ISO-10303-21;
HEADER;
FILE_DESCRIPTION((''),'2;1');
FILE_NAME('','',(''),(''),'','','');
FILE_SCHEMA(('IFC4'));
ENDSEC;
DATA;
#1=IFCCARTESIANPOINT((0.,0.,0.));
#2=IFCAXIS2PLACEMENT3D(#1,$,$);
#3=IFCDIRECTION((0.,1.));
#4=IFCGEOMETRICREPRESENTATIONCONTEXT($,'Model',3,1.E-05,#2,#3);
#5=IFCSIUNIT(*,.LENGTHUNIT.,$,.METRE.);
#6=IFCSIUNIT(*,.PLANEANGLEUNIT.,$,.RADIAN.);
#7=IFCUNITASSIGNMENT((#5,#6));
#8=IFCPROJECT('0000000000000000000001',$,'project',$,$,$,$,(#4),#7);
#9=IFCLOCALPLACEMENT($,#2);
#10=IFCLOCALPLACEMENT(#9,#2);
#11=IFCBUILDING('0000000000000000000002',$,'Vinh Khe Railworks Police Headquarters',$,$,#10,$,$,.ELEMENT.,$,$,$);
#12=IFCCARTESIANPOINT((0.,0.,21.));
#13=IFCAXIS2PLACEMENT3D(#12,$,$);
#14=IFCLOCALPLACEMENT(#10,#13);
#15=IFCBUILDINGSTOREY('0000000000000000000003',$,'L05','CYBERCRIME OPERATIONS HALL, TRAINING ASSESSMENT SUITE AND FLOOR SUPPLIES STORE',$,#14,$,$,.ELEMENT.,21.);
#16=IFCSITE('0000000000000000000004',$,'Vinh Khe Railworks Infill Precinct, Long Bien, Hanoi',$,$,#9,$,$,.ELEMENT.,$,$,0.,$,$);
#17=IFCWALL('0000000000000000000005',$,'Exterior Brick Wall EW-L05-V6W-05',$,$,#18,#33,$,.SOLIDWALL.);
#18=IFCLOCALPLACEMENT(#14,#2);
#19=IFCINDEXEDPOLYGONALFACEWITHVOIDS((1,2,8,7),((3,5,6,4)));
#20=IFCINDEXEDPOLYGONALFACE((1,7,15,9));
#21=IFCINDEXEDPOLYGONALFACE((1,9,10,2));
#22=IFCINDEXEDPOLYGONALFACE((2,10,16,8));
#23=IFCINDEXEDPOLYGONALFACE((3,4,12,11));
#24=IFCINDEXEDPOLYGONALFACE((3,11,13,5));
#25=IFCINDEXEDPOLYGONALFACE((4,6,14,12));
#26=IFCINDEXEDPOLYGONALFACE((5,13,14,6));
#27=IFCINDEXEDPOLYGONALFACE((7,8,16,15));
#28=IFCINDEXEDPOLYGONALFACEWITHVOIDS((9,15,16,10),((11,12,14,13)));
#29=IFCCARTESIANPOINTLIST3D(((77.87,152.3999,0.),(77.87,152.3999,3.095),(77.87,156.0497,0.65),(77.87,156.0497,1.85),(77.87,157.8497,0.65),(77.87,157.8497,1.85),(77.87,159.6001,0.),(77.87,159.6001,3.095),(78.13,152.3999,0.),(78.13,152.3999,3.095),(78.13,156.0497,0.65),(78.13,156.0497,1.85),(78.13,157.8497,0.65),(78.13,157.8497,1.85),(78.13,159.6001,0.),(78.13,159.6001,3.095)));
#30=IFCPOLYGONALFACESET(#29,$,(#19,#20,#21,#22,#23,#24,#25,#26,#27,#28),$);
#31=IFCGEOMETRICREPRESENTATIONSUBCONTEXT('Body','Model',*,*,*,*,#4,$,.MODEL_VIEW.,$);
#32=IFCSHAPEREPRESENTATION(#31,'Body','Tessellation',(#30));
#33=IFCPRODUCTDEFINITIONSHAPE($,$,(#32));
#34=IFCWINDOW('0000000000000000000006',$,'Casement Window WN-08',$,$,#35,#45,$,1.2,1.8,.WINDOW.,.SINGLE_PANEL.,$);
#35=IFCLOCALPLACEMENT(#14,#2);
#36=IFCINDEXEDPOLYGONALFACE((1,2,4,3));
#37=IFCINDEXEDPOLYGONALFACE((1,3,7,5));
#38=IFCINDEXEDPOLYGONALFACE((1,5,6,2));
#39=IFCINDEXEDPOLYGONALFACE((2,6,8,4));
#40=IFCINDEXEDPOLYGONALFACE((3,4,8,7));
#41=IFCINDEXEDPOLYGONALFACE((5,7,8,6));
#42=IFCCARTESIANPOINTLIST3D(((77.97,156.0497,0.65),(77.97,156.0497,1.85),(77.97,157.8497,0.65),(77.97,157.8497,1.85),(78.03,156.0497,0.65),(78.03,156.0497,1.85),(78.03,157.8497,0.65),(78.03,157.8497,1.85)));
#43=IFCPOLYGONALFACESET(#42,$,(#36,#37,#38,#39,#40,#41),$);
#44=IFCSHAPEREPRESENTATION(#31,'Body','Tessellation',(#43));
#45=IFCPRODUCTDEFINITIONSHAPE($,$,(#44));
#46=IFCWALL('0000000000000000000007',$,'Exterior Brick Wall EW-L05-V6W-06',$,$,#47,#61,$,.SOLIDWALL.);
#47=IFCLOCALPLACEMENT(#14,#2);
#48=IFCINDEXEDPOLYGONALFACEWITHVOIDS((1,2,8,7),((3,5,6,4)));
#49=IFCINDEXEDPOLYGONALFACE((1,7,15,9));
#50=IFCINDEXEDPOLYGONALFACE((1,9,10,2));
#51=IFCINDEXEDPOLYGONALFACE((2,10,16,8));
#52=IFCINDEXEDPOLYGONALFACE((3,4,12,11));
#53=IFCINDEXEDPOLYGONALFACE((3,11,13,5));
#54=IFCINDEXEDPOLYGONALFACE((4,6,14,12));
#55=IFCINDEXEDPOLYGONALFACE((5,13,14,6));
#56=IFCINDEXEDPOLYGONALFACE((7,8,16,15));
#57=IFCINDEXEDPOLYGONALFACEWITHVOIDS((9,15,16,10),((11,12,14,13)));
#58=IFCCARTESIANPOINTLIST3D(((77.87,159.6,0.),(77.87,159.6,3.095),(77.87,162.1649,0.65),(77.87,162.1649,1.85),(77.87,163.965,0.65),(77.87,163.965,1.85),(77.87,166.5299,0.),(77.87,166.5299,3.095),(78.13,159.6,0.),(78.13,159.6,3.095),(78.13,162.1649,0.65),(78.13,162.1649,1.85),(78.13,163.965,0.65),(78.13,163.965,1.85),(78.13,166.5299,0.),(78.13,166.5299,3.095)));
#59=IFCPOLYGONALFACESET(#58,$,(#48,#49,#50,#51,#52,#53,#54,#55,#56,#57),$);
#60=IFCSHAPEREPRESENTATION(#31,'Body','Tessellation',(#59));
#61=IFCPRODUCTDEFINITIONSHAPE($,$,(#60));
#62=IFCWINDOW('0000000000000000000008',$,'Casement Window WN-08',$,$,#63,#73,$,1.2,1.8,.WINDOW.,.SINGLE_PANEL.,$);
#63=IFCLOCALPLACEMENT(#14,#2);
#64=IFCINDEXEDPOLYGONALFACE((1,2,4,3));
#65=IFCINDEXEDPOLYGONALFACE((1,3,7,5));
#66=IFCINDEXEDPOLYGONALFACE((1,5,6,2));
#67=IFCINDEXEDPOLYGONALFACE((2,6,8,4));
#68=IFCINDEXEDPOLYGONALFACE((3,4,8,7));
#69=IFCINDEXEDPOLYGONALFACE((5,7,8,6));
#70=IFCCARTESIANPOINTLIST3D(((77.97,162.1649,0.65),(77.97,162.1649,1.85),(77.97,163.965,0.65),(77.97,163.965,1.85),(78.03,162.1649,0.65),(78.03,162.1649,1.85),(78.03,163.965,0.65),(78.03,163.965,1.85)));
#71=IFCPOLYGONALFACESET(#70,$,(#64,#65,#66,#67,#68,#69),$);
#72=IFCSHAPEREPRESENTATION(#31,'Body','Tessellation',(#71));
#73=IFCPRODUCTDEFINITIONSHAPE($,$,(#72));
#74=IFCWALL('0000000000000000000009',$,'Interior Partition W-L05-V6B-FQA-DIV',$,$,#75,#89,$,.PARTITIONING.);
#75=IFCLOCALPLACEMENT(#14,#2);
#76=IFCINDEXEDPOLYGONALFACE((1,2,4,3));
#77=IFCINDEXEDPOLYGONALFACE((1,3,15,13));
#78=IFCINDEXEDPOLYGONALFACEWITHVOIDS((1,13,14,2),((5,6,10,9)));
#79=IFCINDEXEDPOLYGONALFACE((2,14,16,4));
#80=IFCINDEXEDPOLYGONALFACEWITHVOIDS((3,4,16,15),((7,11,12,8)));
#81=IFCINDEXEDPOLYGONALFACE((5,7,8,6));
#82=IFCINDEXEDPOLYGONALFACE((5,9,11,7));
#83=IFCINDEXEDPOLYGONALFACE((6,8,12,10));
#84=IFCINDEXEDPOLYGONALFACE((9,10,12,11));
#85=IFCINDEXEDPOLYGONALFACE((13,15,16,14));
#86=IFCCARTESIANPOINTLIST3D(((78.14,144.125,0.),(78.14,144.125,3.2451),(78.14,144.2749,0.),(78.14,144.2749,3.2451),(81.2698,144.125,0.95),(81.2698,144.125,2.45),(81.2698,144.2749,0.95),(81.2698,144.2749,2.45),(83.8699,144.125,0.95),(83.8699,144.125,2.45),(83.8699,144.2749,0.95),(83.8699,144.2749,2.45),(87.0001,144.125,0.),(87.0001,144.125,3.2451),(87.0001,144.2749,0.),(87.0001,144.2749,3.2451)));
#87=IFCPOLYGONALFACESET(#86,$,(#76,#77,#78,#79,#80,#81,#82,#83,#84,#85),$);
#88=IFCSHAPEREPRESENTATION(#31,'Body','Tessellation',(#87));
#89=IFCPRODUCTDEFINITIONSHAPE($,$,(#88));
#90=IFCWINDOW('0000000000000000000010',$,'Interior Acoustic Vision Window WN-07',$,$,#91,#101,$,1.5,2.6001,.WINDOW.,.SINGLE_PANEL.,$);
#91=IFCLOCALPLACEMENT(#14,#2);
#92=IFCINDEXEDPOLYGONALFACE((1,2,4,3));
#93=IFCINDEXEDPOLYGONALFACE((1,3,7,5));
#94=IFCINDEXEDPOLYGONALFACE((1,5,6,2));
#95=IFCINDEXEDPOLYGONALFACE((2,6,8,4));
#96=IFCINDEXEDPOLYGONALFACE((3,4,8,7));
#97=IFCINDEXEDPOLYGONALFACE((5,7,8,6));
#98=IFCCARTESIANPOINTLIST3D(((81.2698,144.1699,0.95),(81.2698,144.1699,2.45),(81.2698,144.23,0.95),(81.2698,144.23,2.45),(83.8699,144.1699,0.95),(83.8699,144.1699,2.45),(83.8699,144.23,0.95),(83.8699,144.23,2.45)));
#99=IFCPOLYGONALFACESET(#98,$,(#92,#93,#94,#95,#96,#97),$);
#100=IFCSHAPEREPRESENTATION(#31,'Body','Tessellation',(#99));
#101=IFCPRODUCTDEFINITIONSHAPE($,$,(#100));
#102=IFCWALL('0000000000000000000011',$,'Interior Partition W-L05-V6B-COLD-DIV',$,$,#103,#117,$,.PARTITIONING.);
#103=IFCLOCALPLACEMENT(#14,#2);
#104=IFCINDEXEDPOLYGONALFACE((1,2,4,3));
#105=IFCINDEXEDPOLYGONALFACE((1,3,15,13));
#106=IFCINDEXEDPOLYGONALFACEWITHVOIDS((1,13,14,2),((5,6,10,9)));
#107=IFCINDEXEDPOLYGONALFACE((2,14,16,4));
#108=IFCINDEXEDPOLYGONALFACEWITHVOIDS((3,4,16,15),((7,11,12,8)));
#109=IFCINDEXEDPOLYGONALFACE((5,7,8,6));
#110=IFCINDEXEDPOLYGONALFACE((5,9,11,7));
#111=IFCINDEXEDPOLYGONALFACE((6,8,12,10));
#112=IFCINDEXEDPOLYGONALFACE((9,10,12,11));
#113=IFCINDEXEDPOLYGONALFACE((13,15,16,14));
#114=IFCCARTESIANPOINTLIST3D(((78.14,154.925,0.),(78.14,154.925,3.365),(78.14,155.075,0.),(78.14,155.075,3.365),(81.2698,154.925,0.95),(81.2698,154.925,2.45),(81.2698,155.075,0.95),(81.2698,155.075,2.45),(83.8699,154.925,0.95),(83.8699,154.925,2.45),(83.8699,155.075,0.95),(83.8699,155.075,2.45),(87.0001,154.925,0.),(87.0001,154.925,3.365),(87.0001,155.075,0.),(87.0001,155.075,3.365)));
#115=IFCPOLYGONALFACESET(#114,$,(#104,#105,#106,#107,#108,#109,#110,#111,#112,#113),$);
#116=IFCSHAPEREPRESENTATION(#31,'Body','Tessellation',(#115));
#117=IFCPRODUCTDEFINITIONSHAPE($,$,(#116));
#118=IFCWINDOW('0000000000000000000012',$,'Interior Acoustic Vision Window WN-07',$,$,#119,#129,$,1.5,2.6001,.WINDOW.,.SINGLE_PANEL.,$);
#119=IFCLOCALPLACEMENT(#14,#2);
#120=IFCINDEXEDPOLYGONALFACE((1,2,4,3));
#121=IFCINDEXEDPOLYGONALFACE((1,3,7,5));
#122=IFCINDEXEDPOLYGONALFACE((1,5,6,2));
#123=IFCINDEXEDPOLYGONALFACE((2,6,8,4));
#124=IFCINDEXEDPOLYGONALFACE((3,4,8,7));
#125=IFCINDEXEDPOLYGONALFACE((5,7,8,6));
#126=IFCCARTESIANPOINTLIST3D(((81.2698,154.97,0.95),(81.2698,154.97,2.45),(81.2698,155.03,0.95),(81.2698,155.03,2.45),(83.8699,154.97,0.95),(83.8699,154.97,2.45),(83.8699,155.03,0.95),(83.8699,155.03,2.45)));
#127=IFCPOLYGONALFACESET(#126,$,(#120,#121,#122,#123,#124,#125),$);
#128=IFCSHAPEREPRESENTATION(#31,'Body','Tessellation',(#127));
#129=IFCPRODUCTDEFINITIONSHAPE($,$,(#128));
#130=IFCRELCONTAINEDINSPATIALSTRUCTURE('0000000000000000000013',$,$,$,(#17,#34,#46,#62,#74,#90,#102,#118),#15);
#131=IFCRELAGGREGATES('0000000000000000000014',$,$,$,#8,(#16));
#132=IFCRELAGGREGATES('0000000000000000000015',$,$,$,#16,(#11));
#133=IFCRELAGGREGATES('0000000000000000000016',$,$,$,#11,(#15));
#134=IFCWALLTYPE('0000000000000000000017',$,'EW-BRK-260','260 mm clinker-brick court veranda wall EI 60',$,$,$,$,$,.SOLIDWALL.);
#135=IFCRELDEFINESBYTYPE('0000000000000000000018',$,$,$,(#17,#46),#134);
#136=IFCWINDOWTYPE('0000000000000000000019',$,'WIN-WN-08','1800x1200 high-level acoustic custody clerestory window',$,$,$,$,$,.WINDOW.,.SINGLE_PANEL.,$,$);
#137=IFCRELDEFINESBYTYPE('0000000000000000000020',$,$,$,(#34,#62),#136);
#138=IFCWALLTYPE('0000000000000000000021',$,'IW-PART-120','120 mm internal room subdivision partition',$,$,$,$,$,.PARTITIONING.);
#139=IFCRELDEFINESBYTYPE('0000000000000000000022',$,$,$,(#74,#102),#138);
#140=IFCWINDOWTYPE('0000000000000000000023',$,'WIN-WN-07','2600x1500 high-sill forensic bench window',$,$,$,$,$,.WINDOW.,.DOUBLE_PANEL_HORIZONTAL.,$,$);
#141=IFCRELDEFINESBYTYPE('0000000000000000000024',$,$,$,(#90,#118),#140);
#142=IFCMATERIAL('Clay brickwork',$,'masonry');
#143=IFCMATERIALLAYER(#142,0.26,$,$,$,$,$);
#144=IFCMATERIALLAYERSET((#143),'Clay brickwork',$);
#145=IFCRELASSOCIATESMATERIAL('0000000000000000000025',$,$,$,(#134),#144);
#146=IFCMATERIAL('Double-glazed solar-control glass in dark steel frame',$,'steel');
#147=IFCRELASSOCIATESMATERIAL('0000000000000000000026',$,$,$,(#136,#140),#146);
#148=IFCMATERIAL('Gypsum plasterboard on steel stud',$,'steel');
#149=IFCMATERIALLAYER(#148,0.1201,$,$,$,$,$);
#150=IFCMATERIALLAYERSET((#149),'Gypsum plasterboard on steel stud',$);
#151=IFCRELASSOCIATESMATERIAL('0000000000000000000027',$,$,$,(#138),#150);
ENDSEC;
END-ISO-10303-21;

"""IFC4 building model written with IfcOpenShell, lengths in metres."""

from ifc_helpers import new_model, si_unit, direction, frame, frame_2d, origin, place, context, subcontext, project, spatial, rectangle, extrude, material, layer, layer_set, type_object, element, fill, save


model = new_model("IFC4")

# Units and contexts
model_context = context("Model", 3, precision=1e-05, world=origin(), true_north=direction((0.0, 1.0)))
body_context = subcontext(model_context, "Body", "Model", "MODEL_VIEW")
ifc_project = project(units=[si_unit("LENGTHUNIT", "METRE"), si_unit("PLANEANGLEUNIT", "RADIAN")], contexts=[model_context])

# Site, building, storey
site_placement = place(None, origin())
site = spatial("IfcSite", under=ifc_project, at=site_placement, Name="Vinh Khe Railworks Infill Precinct, Long Bien, Hanoi", CompositionType="ELEMENT", RefElevation=0.0)
building_placement = place(site_placement, origin())
building = spatial("IfcBuilding", under=site, at=building_placement, Name="Vinh Khe Railworks Police Headquarters", CompositionType="ELEMENT")
storey_placement = place(building_placement, frame((0.0, 0.0, 21.0)))
storey = spatial("IfcBuildingStorey", under=building, at=storey_placement, Name="L05", Description="CYBERCRIME OPERATIONS HALL, TRAINING ASSESSMENT SUITE AND FLOOR SUPPLIES STORE", CompositionType="ELEMENT", Elevation=21.0)

# Walls, openings, windows
ifc_material_1 = material(Name="Clay brickwork", Category="masonry")
ifc_layer_1 = layer(ifc_material_1, 0.26)
ifc_layer_set_1 = layer_set([ifc_layer_1], Name="Clay brickwork")
wall_type_1 = type_object("IfcWallType", Name="EW-BRK-260", Description="260 mm clinker-brick court veranda wall EI 60", PredefinedType="SOLIDWALL", material=ifc_layer_set_1)
ifc_material_2 = material(Name="Double-glazed solar-control glass in dark steel frame", Category="steel")
window_type_1 = type_object("IfcWindowType", Name="WIN-WN-08", Description="1800x1200 high-level acoustic custody clerestory window", PartitioningType="SINGLE_PANEL", PredefinedType="WINDOW", material=ifc_material_2)
wall_1_placement = place(storey_placement, frame((78.0, 152.3999, 0.0), z_axis=(0.0, 0.0, 1.0), x_axis=(0.0, 1.0, 0.0)))
wall_1 = element("IfcWall", 1, at=wall_1_placement, inside=storey, type_object=wall_type_1, Name="Exterior Brick Wall EW-L05-V6W-05", PredefinedType="SOLIDWALL", context=body_context, shape_type="SweptSolid", body=[
    extrude(rectangle(XDim=7.2002, YDim=0.26, at=frame_2d((3.6001, 0.0))), origin(), (0.0, 0.0, 1.0), 3.095),
])
opening_1_placement = place(wall_1_placement, frame((3.6499, 0.0, 0.6499)))
opening_1 = element("IfcOpeningElement", 2, at=opening_1_placement, cuts=wall_1, PredefinedType="OPENING", context=body_context, shape_type="SweptSolid", body=[
    extrude(rectangle(XDim=1.8, YDim=1.2, at=frame_2d((0.8999, 0.6001))), frame((0.0, 0.145, 0.0), z_axis=(0.0, -1.0, 0.0), x_axis=(1.0, 0.0, 0.0)), (0.0, 0.0, 1.0), 0.2898),
])
window_1_placement = place(opening_1_placement, origin())
window_1 = element("IfcWindow", 3, at=window_1_placement, inside=storey, type_object=window_type_1, Name="Casement Window WN-08", OverallHeight=1.2, OverallWidth=1.8, PartitioningType="SINGLE_PANEL", PredefinedType="WINDOW", context=body_context, shape_type="SweptSolid", body=[
    extrude(rectangle(XDim=1.8, YDim=1.2, at=frame_2d((0.8999, 0.6001))), frame((0.0, 0.03, 0.0), z_axis=(0.0, -1.0, 0.0), x_axis=(1.0, 0.0, 0.0)), (0.0, 0.0, 1.0), 0.0601),
])
fill(opening_1, window_1)
wall_2_placement = place(storey_placement, frame((78.0, 159.6001, 0.0), z_axis=(0.0, 0.0, 1.0), x_axis=(0.0, 1.0, 0.0)))
wall_2 = element("IfcWall", 4, at=wall_2_placement, inside=storey, type_object=wall_type_1, Name="Exterior Brick Wall EW-L05-V6W-06", PredefinedType="SOLIDWALL", context=body_context, shape_type="SweptSolid", body=[
    extrude(rectangle(XDim=6.9299, YDim=0.26, at=frame_2d((3.4648, 0.0))), origin(), (0.0, 0.0, 1.0), 3.095),
])
opening_2_placement = place(wall_2_placement, frame((2.5649, 0.0, 0.6499)))
opening_2 = element("IfcOpeningElement", 5, at=opening_2_placement, cuts=wall_2, PredefinedType="OPENING", context=body_context, shape_type="SweptSolid", body=[
    extrude(rectangle(XDim=1.8, YDim=1.2, at=frame_2d((0.8999, 0.6001))), frame((0.0, 0.145, 0.0), z_axis=(0.0, -1.0, 0.0), x_axis=(1.0, 0.0, 0.0)), (0.0, 0.0, 1.0), 0.2898),
])
window_2_placement = place(opening_2_placement, origin())
window_2 = element("IfcWindow", 6, at=window_2_placement, inside=storey, type_object=window_type_1, Name="Casement Window WN-08", OverallHeight=1.2, OverallWidth=1.8, PartitioningType="SINGLE_PANEL", PredefinedType="WINDOW", context=body_context, shape_type="SweptSolid", body=[
    extrude(rectangle(XDim=1.8, YDim=1.2, at=frame_2d((0.8999, 0.6001))), frame((0.0, 0.03, 0.0), z_axis=(0.0, -1.0, 0.0), x_axis=(1.0, 0.0, 0.0)), (0.0, 0.0, 1.0), 0.0601),
])
fill(opening_2, window_2)
ifc_material_3 = material(Name="Gypsum plasterboard on steel stud", Category="steel")
ifc_layer_2 = layer(ifc_material_3, 0.1201)
ifc_layer_set_2 = layer_set([ifc_layer_2], Name="Gypsum plasterboard on steel stud")
wall_type_2 = type_object("IfcWallType", Name="IW-PART-120", Description="120 mm internal room subdivision partition", PredefinedType="PARTITIONING", material=ifc_layer_set_2)
wall_3_placement = place(storey_placement, frame((78.1399, 144.2, 0.0), z_axis=(0.0, 0.0, 1.0), x_axis=(1.0, 0.0, 0.0)))
wall_3 = element("IfcWall", 7, at=wall_3_placement, inside=storey, type_object=wall_type_2, Name="Interior Partition W-L05-V6B-FQA-DIV", PredefinedType="PARTITIONING", context=body_context, shape_type="SweptSolid", body=[
    extrude(rectangle(XDim=8.8601, YDim=0.1499, at=frame_2d((4.4302, 0.0))), origin(), (0.0, 0.0, 1.0), 3.2451),
])
opening_3_placement = place(wall_3_placement, frame((3.1299, 0.0, 0.95)))
opening_3 = element("IfcOpeningElement", 8, at=opening_3_placement, cuts=wall_3, PredefinedType="OPENING", context=body_context, shape_type="SweptSolid", body=[
    extrude(rectangle(XDim=2.6001, YDim=1.5, at=frame_2d((1.3, 0.75))), frame((0.0, 0.0898, 0.0), z_axis=(0.0, -1.0, 0.0), x_axis=(1.0, 0.0, 0.0)), (0.0, 0.0, 1.0), 0.1797),
])
window_type_2 = type_object("IfcWindowType", Name="WIN-WN-07", Description="2600x1500 high-sill forensic bench window", PartitioningType="DOUBLE_PANEL_HORIZONTAL", PredefinedType="WINDOW", material=ifc_material_2)
window_3_placement = place(opening_3_placement, origin())
window_3 = element("IfcWindow", 9, at=window_3_placement, inside=storey, type_object=window_type_2, Name="Interior Acoustic Vision Window WN-07", OverallHeight=1.5, OverallWidth=2.6001, PartitioningType="SINGLE_PANEL", PredefinedType="WINDOW", context=body_context, shape_type="SweptSolid", body=[
    extrude(rectangle(XDim=2.6001, YDim=1.5, at=frame_2d((1.3, 0.75))), frame((0.0, 0.03, 0.0), z_axis=(0.0, -1.0, 0.0), x_axis=(1.0, 0.0, 0.0)), (0.0, 0.0, 1.0), 0.0601),
])
fill(opening_3, window_3)
wall_4_placement = place(storey_placement, frame((78.1399, 155.0, 0.0), z_axis=(0.0, 0.0, 1.0), x_axis=(1.0, 0.0, 0.0)))
wall_4 = element("IfcWall", 10, at=wall_4_placement, inside=storey, type_object=wall_type_2, Name="Interior Partition W-L05-V6B-COLD-DIV", PredefinedType="PARTITIONING", context=body_context, shape_type="SweptSolid", body=[
    extrude(rectangle(XDim=8.8601, YDim=0.1499, at=frame_2d((4.4302, 0.0))), origin(), (0.0, 0.0, 1.0), 3.365),
])
opening_4_placement = place(wall_4_placement, frame((3.1299, 0.0, 0.95)))
opening_4 = element("IfcOpeningElement", 11, at=opening_4_placement, cuts=wall_4, PredefinedType="OPENING", context=body_context, shape_type="SweptSolid", body=[
    extrude(rectangle(XDim=2.6001, YDim=1.5, at=frame_2d((1.3, 0.75))), frame((0.0, 0.0898, 0.0), z_axis=(0.0, -1.0, 0.0), x_axis=(1.0, 0.0, 0.0)), (0.0, 0.0, 1.0), 0.1797),
])
window_4_placement = place(opening_4_placement, origin())
window_4 = element("IfcWindow", 12, at=window_4_placement, inside=storey, type_object=window_type_2, Name="Interior Acoustic Vision Window WN-07", OverallHeight=1.5, OverallWidth=2.6001, PartitioningType="SINGLE_PANEL", PredefinedType="WINDOW", context=body_context, shape_type="SweptSolid", body=[
    extrude(rectangle(XDim=2.6001, YDim=1.5, at=frame_2d((1.3, 0.75))), frame((0.0, 0.03, 0.0), z_axis=(0.0, -1.0, 0.0), x_axis=(1.0, 0.0, 0.0)), (0.0, 0.0, 1.0), 0.0601),
])
fill(opening_4, window_4)

save(model, "model.ifc")
